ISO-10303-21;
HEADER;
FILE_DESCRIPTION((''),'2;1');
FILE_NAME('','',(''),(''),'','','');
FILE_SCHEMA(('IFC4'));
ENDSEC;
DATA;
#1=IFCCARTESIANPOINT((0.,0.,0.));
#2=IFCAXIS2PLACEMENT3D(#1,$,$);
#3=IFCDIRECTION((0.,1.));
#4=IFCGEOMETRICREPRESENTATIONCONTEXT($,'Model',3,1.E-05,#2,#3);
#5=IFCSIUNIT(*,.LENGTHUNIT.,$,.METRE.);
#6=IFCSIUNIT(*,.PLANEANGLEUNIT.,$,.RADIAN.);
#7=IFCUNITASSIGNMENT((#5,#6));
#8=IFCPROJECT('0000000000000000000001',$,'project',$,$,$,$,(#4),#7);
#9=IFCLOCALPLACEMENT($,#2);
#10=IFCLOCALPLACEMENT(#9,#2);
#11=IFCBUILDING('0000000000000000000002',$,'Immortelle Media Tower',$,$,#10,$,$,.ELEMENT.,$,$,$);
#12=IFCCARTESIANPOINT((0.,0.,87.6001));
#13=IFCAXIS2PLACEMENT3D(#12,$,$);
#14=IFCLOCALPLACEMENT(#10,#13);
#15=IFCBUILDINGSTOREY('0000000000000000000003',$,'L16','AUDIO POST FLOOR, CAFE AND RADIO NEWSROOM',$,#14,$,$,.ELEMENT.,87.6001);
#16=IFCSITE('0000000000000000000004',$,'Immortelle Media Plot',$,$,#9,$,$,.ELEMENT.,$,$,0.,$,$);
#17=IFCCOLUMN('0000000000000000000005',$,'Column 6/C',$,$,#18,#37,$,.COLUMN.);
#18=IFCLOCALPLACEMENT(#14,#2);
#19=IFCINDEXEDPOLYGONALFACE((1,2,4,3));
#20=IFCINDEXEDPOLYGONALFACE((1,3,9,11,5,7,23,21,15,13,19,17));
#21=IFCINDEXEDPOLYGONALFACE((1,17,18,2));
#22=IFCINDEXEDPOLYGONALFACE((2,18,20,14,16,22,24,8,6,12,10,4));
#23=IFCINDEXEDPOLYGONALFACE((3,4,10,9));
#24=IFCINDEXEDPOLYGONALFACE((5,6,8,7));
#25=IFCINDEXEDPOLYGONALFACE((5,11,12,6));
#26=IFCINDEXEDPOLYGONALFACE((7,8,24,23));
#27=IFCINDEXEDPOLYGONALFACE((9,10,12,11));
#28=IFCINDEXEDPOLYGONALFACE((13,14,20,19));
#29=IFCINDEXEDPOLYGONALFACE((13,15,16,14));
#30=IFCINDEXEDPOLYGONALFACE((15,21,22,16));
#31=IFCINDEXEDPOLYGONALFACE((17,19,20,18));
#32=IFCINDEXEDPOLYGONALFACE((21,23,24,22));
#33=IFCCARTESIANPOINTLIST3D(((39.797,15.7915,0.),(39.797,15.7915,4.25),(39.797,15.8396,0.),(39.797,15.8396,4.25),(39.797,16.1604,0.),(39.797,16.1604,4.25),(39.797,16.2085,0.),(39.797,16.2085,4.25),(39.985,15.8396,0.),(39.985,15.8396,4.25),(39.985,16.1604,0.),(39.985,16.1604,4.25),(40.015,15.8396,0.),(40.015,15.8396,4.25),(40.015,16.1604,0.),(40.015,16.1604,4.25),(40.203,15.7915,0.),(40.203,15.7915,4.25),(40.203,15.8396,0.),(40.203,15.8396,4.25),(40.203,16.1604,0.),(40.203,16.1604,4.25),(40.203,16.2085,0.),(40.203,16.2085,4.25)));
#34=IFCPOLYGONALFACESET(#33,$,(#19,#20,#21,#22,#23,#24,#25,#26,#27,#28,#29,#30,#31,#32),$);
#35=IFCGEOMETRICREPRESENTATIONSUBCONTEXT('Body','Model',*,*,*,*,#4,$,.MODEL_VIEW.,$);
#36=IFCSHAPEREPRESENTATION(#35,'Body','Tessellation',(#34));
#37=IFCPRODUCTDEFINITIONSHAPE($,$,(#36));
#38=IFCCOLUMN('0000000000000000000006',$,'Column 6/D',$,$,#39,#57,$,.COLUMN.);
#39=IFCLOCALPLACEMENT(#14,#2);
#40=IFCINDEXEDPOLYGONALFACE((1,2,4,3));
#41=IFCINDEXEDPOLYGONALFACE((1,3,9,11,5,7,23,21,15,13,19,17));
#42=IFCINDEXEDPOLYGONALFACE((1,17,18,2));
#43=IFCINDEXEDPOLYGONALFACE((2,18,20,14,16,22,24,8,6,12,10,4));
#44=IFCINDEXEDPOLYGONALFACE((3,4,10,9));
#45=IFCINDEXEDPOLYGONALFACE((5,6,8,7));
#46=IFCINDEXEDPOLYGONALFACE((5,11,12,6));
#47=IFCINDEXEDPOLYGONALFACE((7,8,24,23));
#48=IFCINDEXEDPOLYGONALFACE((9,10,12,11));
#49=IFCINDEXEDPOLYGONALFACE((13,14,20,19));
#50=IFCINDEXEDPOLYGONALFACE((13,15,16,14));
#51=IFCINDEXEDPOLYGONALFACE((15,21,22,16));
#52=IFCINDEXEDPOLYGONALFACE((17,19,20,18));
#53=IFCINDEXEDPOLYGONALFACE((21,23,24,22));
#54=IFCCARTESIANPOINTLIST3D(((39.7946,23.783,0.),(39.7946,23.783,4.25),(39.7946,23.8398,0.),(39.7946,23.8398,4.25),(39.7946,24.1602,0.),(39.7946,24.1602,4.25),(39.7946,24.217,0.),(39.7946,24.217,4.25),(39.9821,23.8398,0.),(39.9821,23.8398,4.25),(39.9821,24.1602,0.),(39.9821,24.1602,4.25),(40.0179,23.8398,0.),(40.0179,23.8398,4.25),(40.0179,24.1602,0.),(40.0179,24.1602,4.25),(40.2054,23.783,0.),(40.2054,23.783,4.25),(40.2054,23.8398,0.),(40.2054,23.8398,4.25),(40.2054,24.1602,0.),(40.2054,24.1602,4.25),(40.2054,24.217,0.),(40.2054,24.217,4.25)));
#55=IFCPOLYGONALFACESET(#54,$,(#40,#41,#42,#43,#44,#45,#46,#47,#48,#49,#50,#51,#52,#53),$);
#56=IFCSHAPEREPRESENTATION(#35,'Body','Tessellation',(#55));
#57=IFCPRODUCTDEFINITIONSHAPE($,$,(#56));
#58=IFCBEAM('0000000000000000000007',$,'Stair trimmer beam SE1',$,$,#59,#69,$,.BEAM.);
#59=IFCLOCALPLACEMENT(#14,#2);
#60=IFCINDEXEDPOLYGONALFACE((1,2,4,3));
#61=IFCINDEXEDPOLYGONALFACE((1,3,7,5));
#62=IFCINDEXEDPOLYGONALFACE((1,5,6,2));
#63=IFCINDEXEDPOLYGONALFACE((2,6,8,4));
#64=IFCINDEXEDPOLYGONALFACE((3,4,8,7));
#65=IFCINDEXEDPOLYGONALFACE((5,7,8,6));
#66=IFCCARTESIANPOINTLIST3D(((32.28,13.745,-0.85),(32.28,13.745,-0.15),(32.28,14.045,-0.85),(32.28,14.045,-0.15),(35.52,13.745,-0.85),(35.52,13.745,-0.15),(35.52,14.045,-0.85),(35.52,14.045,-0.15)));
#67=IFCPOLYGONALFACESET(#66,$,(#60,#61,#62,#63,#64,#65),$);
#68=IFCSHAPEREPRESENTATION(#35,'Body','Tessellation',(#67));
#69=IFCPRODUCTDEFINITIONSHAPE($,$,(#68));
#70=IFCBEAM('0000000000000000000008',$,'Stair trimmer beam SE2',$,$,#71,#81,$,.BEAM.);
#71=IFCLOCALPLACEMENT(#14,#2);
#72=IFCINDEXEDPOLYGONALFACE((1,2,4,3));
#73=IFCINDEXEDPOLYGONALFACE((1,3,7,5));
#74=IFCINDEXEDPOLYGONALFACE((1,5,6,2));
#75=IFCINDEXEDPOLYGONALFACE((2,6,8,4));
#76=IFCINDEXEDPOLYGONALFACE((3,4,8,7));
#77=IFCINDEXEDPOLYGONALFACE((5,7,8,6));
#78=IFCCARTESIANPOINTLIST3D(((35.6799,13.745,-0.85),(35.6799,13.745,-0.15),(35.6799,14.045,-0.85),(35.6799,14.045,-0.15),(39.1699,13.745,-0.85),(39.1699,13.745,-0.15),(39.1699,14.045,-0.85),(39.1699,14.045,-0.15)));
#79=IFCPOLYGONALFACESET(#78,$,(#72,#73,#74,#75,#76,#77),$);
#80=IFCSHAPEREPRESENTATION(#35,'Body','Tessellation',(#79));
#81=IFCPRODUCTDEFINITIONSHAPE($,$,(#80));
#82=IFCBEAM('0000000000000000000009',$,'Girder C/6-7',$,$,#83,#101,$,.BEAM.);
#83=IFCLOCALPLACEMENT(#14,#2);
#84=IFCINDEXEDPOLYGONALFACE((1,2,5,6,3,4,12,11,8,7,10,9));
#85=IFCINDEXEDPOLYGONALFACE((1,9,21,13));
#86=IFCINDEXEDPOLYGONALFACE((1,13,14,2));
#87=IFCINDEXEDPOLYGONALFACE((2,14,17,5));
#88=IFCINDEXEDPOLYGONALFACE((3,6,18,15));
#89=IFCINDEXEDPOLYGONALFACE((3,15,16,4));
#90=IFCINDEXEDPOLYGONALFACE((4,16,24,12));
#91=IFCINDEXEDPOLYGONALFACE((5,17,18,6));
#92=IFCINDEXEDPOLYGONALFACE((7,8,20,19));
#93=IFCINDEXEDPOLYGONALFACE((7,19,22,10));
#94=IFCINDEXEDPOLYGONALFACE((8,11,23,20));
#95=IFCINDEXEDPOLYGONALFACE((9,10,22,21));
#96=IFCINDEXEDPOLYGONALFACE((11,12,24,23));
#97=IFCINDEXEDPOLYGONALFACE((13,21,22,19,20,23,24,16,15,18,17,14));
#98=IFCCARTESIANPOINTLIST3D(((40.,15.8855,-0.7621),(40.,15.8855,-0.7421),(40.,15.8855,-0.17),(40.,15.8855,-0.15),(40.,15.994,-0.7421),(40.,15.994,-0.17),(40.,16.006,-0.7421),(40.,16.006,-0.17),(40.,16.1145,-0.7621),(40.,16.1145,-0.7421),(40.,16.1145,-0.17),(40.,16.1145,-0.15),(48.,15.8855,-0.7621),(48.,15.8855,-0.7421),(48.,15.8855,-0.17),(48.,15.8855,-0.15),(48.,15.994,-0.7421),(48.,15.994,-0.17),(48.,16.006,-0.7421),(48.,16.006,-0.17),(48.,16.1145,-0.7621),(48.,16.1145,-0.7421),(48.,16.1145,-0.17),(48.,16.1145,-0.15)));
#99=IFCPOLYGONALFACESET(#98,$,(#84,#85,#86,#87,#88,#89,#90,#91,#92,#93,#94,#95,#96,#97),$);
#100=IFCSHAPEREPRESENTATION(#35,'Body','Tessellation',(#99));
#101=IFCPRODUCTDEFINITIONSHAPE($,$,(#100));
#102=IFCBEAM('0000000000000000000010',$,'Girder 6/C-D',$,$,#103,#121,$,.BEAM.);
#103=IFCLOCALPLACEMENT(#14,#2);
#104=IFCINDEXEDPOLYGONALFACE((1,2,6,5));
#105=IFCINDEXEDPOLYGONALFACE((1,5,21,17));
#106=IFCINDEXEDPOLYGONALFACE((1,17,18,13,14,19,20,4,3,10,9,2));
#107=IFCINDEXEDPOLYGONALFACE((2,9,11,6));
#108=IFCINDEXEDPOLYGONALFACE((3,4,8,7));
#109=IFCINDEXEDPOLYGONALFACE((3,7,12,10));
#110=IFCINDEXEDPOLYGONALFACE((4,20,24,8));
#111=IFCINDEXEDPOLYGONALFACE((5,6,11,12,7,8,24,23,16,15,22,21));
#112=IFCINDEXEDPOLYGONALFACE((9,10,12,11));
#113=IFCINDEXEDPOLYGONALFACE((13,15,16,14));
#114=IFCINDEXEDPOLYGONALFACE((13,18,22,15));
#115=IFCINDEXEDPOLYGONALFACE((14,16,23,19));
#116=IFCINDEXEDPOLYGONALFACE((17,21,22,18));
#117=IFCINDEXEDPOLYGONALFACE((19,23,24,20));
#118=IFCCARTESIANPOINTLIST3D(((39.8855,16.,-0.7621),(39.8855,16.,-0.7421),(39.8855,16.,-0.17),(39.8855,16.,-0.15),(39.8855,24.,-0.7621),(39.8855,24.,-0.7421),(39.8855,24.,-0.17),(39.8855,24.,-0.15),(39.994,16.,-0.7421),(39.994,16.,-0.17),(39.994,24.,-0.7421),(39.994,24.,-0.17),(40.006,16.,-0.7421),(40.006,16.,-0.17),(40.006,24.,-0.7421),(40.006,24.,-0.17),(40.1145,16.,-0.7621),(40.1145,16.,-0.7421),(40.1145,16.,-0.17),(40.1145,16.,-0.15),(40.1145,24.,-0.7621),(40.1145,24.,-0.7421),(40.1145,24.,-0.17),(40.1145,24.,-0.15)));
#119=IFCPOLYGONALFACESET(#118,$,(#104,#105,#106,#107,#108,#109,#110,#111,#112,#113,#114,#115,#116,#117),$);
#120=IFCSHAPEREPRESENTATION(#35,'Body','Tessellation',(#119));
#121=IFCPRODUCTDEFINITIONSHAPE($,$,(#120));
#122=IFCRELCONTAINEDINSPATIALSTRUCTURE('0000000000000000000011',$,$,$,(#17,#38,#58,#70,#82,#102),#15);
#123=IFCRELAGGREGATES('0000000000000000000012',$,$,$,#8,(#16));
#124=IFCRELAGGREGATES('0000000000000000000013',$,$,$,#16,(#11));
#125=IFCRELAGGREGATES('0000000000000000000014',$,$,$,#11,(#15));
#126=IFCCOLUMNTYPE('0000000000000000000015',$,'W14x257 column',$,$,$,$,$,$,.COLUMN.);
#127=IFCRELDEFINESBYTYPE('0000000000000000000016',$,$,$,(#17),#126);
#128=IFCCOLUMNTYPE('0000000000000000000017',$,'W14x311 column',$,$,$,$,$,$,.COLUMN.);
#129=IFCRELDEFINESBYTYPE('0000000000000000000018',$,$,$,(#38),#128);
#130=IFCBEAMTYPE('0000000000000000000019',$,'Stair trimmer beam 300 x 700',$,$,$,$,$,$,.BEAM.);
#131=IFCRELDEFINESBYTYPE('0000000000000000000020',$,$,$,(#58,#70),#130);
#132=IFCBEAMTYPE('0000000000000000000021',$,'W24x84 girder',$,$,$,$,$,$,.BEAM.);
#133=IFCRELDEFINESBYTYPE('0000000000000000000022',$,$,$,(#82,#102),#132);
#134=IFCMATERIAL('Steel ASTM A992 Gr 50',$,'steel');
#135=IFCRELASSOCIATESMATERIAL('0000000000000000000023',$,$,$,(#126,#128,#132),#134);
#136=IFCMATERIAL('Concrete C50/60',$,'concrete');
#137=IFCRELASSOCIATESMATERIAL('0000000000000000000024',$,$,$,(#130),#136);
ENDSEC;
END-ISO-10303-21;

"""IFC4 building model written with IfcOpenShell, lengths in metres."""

from ifc_helpers import new_model, si_unit, direction, frame, origin, origin_2d, place, context, subcontext, project, spatial, rectangle, i_section, extrude, material, material_profile, profile_set, type_object, element, save


model = new_model("IFC4")

# Units and contexts
model_context = context("Model", 3, precision=1e-05, world=origin(), true_north=direction((0.0, 1.0)))
body_context = subcontext(model_context, "Body", "Model", "MODEL_VIEW")
ifc_project = project(units=[si_unit("LENGTHUNIT", "METRE"), si_unit("PLANEANGLEUNIT", "RADIAN")], contexts=[model_context])

# Site, building, storey
site_placement = place(None, origin())
site = spatial("IfcSite", under=ifc_project, at=site_placement, Name="Immortelle Media Plot", CompositionType="ELEMENT", RefElevation=0.0)
building_placement = place(site_placement, origin())
building = spatial("IfcBuilding", under=site, at=building_placement, Name="Immortelle Media Tower", CompositionType="ELEMENT")
storey_placement = place(building_placement, frame((0.0, 0.0, 87.6001)))
storey = spatial("IfcBuildingStorey", under=building, at=storey_placement, Name="L16", Description="AUDIO POST FLOOR, CAFE AND RADIO NEWSROOM", CompositionType="ELEMENT", Elevation=87.6001)

# Columns
ifc_material_1 = material(Name="Steel ASTM A992 Gr 50", Category="steel")
ifc_material_profile_1 = material_profile(ifc_material_1, i_section(OverallWidth=0.406, OverallDepth=0.417, WebThickness=0.03, FlangeThickness=0.0481, at=origin_2d()), Name="W14x257")
ifc_profile_set_1 = profile_set([ifc_material_profile_1], Name="Steel ASTM A992 Gr 50")
column_type_1 = type_object("IfcColumnType", Name="W14x257 column", PredefinedType="COLUMN", material=ifc_profile_set_1)
column_1_placement = place(storey_placement, frame((40.0, 16.0, 0.0), z_axis=(0.0, 0.0, 1.0), x_axis=(1.0, 0.0, 0.0)))
element("IfcColumn", 1, at=column_1_placement, inside=storey, type_object=column_type_1, Name="Column 6/C", PredefinedType="COLUMN", context=body_context, shape_type="SweptSolid", body=[
    extrude(i_section(OverallWidth=0.406, OverallDepth=0.417, WebThickness=0.03, FlangeThickness=0.0481, at=origin_2d()), origin(), (0.0, 0.0, 1.0), 4.25),
])
ifc_material_profile_2 = material_profile(ifc_material_1, i_section(OverallWidth=0.4109, OverallDepth=0.4341, WebThickness=0.0359, FlangeThickness=0.0569, at=origin_2d()), Name="W14x311")
ifc_profile_set_2 = profile_set([ifc_material_profile_2], Name="Steel ASTM A992 Gr 50")
column_type_2 = type_object("IfcColumnType", Name="W14x311 column", PredefinedType="COLUMN", material=ifc_profile_set_2)
column_2_placement = place(storey_placement, frame((40.0, 24.0, 0.0), z_axis=(0.0, 0.0, 1.0), x_axis=(1.0, 0.0, 0.0)))
element("IfcColumn", 2, at=column_2_placement, inside=storey, type_object=column_type_2, Name="Column 6/D", PredefinedType="COLUMN", context=body_context, shape_type="SweptSolid", body=[
    extrude(i_section(OverallWidth=0.4109, OverallDepth=0.4341, WebThickness=0.0359, FlangeThickness=0.0569, at=origin_2d()), origin(), (0.0, 0.0, 1.0), 4.25),
])

# Beams
ifc_material_2 = material(Name="Concrete C50/60", Category="concrete")
ifc_material_profile_3 = material_profile(ifc_material_2, rectangle(XDim=0.3, YDim=0.7, at=origin_2d()), Name="RC 300x700")
ifc_profile_set_3 = profile_set([ifc_material_profile_3], Name="Concrete C50/60")
beam_type_1 = type_object("IfcBeamType", Name="Stair trimmer beam 300 x 700", PredefinedType="BEAM", material=ifc_profile_set_3)
beam_1_placement = place(storey_placement, frame((32.28, 13.895, -0.5), z_axis=(1.0, 0.0, 0.0), x_axis=(0.0, 1.0, 0.0)))
element("IfcBeam", 3, at=beam_1_placement, inside=storey, type_object=beam_type_1, Name="Stair trimmer beam SE1", PredefinedType="BEAM", context=body_context, shape_type="SweptSolid", body=[
    extrude(rectangle(XDim=0.3, YDim=0.7, at=origin_2d()), origin(), (0.0, 0.0, 1.0), 3.24),
])
beam_2_placement = place(storey_placement, frame((35.6799, 13.895, -0.5), z_axis=(1.0, 0.0, 0.0), x_axis=(0.0, 1.0, 0.0)))
element("IfcBeam", 4, at=beam_2_placement, inside=storey, type_object=beam_type_1, Name="Stair trimmer beam SE2", PredefinedType="BEAM", context=body_context, shape_type="SweptSolid", body=[
    extrude(rectangle(XDim=0.3, YDim=0.7, at=origin_2d()), origin(), (0.0, 0.0, 1.0), 3.49),
])
ifc_material_profile_4 = material_profile(ifc_material_1, i_section(OverallWidth=0.229, OverallDepth=0.6121, WebThickness=0.012, FlangeThickness=0.02, at=origin_2d()), Name="W24x84")
ifc_profile_set_4 = profile_set([ifc_material_profile_4], Name="Steel ASTM A992 Gr 50")
beam_type_2 = type_object("IfcBeamType", Name="W24x84 girder", PredefinedType="BEAM", material=ifc_profile_set_4)
for number, where, z_axis, x_axis, name in (
    (5, (40.0, 16.0, -0.4561), (1.0, 0.0, 0.0), (0.0, 1.0, 0.0), "Girder C/6-7"),
    (6, (40.0, 16.0, -0.4561), (0.0, 1.0, 0.0), (-1.0, 0.0, 0.0), "Girder 6/C-D"),
):
    element("IfcBeam", number, at=place(storey_placement, frame(where, z_axis=z_axis, x_axis=x_axis)), inside=storey, type_object=beam_type_2, Name=name, PredefinedType="BEAM", context=body_context, shape_type="SweptSolid", body=[
        extrude(i_section(OverallWidth=0.229, OverallDepth=0.6121, WebThickness=0.012, FlangeThickness=0.02, at=origin_2d()), origin(), (0.0, 0.0, 1.0), 8.0),
    ])

save(model, "model.ifc")
